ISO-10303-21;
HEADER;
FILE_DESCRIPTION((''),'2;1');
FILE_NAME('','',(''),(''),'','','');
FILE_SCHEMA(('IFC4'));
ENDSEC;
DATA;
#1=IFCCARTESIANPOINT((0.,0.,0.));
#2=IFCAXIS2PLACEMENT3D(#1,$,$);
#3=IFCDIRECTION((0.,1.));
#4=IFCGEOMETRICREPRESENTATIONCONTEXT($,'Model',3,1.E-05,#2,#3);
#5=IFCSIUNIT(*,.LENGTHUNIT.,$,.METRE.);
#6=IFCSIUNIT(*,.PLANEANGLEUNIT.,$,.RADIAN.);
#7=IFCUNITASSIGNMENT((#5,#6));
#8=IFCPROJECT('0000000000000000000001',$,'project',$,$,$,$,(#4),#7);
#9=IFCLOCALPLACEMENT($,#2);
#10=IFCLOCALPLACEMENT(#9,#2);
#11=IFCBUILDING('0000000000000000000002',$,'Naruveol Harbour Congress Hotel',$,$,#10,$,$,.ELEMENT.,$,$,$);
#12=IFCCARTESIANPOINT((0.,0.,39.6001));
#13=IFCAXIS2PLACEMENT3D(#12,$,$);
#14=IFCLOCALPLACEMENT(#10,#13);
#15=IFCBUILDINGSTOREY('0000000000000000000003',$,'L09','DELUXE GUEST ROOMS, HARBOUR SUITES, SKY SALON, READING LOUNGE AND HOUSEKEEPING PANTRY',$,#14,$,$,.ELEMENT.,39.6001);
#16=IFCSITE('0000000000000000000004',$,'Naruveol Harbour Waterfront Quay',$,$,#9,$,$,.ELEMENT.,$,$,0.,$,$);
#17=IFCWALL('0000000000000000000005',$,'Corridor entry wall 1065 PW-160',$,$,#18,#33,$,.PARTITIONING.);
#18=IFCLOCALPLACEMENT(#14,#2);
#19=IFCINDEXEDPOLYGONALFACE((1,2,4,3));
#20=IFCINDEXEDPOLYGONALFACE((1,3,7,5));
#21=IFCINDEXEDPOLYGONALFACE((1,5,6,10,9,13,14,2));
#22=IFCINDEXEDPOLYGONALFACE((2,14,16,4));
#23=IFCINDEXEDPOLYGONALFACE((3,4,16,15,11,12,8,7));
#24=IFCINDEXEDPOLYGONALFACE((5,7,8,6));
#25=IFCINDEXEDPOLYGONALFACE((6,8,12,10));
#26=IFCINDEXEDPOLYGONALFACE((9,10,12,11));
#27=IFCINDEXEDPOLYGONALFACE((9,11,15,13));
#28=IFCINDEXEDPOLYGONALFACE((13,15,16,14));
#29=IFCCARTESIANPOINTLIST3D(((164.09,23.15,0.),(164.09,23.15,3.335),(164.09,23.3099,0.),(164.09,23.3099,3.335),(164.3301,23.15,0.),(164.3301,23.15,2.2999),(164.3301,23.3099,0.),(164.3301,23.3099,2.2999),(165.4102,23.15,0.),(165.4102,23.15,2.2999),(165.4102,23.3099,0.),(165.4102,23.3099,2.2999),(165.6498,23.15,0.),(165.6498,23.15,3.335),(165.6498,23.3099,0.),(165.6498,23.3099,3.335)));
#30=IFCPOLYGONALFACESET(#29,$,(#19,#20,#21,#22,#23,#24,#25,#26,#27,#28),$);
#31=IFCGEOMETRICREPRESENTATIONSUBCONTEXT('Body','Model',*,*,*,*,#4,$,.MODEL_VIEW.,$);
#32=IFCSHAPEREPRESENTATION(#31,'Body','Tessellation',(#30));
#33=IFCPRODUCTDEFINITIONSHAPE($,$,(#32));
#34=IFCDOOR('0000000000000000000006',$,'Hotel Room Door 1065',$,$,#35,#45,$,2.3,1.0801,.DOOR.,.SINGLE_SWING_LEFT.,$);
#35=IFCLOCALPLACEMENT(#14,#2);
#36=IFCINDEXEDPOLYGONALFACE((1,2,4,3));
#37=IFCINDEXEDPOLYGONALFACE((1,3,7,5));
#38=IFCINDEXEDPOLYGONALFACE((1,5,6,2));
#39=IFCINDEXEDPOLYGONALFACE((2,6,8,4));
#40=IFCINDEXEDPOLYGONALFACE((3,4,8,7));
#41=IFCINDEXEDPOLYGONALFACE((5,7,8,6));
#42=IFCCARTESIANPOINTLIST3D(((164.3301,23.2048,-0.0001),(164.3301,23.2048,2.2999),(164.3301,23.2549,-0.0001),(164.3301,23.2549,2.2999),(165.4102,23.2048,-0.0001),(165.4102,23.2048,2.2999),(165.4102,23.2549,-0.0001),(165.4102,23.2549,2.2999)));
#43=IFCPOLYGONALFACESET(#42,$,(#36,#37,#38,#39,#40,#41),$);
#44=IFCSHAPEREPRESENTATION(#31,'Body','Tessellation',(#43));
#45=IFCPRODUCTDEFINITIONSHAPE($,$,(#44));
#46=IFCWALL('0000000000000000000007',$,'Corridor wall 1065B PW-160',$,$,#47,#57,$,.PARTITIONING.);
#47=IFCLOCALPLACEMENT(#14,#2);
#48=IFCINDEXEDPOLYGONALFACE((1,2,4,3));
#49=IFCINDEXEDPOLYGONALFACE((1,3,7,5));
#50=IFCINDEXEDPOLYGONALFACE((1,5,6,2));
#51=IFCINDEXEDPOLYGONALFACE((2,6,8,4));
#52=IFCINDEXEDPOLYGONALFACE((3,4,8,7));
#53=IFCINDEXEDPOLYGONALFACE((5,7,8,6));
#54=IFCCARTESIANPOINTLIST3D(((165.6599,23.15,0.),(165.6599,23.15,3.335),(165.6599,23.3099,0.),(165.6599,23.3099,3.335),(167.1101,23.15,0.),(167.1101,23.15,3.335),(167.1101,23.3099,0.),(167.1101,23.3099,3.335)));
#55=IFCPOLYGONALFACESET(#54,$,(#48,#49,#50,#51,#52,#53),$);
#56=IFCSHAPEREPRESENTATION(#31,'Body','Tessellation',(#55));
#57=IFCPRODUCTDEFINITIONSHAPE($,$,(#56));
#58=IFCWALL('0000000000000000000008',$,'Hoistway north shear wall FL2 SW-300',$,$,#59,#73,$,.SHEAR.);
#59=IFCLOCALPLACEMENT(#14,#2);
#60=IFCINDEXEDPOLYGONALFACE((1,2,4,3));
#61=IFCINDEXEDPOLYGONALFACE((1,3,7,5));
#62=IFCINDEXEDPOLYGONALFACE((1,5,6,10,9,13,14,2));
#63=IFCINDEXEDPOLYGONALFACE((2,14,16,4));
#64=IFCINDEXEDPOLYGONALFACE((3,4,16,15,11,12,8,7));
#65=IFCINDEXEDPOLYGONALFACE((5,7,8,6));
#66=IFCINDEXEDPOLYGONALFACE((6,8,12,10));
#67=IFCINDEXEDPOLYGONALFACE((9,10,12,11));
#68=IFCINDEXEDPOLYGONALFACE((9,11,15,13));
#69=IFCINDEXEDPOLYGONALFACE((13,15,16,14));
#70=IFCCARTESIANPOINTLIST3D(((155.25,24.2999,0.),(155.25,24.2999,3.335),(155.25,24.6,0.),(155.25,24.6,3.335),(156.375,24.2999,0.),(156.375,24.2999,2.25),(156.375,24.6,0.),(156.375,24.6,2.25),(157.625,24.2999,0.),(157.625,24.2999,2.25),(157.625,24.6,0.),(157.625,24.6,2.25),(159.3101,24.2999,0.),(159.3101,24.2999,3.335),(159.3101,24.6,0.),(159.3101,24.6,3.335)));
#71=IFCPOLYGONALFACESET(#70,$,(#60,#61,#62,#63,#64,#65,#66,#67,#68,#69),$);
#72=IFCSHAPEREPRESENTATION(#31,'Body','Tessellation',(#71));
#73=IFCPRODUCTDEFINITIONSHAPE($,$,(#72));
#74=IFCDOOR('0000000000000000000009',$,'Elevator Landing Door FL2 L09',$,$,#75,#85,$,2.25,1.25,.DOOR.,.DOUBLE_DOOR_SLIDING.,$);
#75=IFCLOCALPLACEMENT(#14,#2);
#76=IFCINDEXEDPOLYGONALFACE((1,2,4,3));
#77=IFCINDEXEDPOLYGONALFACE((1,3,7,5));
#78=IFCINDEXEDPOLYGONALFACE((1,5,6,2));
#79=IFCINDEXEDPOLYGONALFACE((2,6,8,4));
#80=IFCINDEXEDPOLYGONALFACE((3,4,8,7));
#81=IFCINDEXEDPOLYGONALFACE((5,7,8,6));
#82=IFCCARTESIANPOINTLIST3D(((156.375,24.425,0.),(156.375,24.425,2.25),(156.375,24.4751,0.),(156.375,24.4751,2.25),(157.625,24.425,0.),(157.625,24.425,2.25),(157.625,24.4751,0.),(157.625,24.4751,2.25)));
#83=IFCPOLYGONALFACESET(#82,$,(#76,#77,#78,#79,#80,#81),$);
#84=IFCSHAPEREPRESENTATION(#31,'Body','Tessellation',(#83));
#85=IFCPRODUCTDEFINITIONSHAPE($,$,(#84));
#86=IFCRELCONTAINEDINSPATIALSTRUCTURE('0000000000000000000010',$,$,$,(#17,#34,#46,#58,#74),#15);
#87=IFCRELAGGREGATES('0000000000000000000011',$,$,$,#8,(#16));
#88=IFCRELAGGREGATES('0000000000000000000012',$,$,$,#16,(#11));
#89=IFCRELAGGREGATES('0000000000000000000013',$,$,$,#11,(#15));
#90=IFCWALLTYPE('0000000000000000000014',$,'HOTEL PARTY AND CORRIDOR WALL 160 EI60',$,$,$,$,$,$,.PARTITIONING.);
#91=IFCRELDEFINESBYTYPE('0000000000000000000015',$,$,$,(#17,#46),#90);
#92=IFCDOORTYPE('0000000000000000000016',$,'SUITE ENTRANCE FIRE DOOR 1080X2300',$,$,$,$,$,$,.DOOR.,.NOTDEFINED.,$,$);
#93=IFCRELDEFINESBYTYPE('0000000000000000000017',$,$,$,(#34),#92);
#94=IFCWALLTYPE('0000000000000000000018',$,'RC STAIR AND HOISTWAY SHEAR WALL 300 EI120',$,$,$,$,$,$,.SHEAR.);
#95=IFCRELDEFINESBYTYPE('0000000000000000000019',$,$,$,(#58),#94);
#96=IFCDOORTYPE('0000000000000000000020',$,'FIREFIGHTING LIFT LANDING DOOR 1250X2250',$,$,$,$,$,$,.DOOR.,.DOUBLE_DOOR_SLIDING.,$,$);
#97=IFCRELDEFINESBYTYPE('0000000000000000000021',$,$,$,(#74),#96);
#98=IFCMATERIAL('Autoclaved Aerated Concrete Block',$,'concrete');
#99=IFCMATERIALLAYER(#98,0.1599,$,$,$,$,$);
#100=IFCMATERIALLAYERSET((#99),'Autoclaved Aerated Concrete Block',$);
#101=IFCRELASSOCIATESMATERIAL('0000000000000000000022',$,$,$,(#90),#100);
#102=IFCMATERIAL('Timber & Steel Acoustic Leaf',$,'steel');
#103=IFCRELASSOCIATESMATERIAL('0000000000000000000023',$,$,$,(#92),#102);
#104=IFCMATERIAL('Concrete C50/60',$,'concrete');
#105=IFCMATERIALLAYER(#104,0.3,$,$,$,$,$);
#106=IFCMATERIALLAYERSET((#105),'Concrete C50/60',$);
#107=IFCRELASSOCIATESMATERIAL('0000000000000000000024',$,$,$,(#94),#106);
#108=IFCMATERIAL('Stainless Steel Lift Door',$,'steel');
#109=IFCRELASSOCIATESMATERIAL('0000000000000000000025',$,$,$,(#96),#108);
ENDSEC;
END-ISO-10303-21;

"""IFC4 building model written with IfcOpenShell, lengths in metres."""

from ifc_helpers import new_model, si_unit, direction, frame, frame_2d, origin, place, context, subcontext, project, spatial, rectangle, extrude, material, layer, layer_set, type_object, element, fill, save


model = new_model("IFC4")

# Units and contexts
model_context = context("Model", 3, precision=1e-05, world=origin(), true_north=direction((0.0, 1.0)))
body_context = subcontext(model_context, "Body", "Model", "MODEL_VIEW")
ifc_project = project(units=[si_unit("LENGTHUNIT", "METRE"), si_unit("PLANEANGLEUNIT", "RADIAN")], contexts=[model_context])

# Site, building, storey
site_placement = place(None, origin())
site = spatial("IfcSite", under=ifc_project, at=site_placement, Name="Naruveol Harbour Waterfront Quay", CompositionType="ELEMENT", RefElevation=0.0)
building_placement = place(site_placement, origin())
building = spatial("IfcBuilding", under=site, at=building_placement, Name="Naruveol Harbour Congress Hotel", CompositionType="ELEMENT")
storey_placement = place(building_placement, frame((0.0, 0.0, 39.6001)))
storey = spatial("IfcBuildingStorey", under=building, at=storey_placement, Name="L09", Description="DELUXE GUEST ROOMS, HARBOUR SUITES, SKY SALON, READING LOUNGE AND HOUSEKEEPING PANTRY", CompositionType="ELEMENT", Elevation=39.6001)

# Shared definitions
ifc_material_1 = material(Name="Autoclaved Aerated Concrete Block", Category="concrete")
ifc_layer_1 = layer(ifc_material_1, 0.1599)
ifc_layer_set_1 = layer_set([ifc_layer_1], Name="Autoclaved Aerated Concrete Block")
wall_type_1 = type_object("IfcWallType", Name="HOTEL PARTY AND CORRIDOR WALL 160 EI60", PredefinedType="PARTITIONING", material=ifc_layer_set_1)
ifc_material_2 = material(Name="Timber & Steel Acoustic Leaf", Category="steel")
door_type_1 = type_object("IfcDoorType", Name="SUITE ENTRANCE FIRE DOOR 1080X2300", OperationType="NOTDEFINED", PredefinedType="DOOR", material=ifc_material_2)

# Wall, opening, door
wall_1_placement = place(storey_placement, frame((164.0901, 23.23, 0.0), z_axis=(0.0, 0.0, 1.0), x_axis=(1.0, 0.0, 0.0)))
wall_1 = element("IfcWall", 1, at=wall_1_placement, inside=storey, type_object=wall_type_1, Name="Corridor entry wall 1065 PW-160", PredefinedType="PARTITIONING", context=body_context, shape_type="SweptSolid", body=[
    extrude(rectangle(XDim=1.5598, YDim=0.1599, at=frame_2d((0.7798, 0.0))), origin(), (0.0, 0.0, 1.0), 3.335),
])
opening_1_placement = place(wall_1_placement, frame((0.24, 0.0, 0.0)))
opening_1 = element("IfcOpeningElement", 2, at=opening_1_placement, cuts=wall_1, PredefinedType="OPENING", context=body_context, shape_type="SweptSolid", body=[
    extrude(rectangle(XDim=1.0801, YDim=2.3, at=frame_2d((0.54, 1.1499))), frame((0.0, 0.0898, 0.0), z_axis=(0.0, -1.0, 0.0), x_axis=(1.0, 0.0, 0.0)), (0.0, 0.0, 1.0), 0.1799),
])
door_1_placement = place(opening_1_placement, origin())
door_1 = element("IfcDoor", 3, at=door_1_placement, inside=storey, type_object=door_type_1, Name="Hotel Room Door 1065", OperationType="SINGLE_SWING_LEFT", OverallHeight=2.3, OverallWidth=1.0801, PredefinedType="DOOR", context=body_context, shape_type="SweptSolid", body=[
    extrude(rectangle(XDim=1.0801, YDim=2.3, at=frame_2d((0.54, 1.1499))), frame((0.0, 0.0249, 0.0), z_axis=(0.0, -1.0, 0.0), x_axis=(1.0, 0.0, 0.0)), (0.0, 0.0, 1.0), 0.05),
])
fill(opening_1, door_1)

# Wall
wall_2_placement = place(storey_placement, frame((165.6599, 23.23, 0.0), z_axis=(0.0, 0.0, 1.0), x_axis=(1.0, 0.0, 0.0)))
element("IfcWall", 4, at=wall_2_placement, inside=storey, type_object=wall_type_1, Name="Corridor wall 1065B PW-160", PredefinedType="PARTITIONING", context=body_context, shape_type="SweptSolid", body=[
    extrude(rectangle(XDim=1.4502, YDim=0.1599, at=frame_2d((0.7251, 0.0))), origin(), (0.0, 0.0, 1.0), 3.335),
])

# Wall, opening, door
ifc_material_3 = material(Name="Concrete C50/60", Category="concrete")
ifc_layer_2 = layer(ifc_material_3, 0.3)
ifc_layer_set_2 = layer_set([ifc_layer_2], Name="Concrete C50/60")
wall_type_2 = type_object("IfcWallType", Name="RC STAIR AND HOISTWAY SHEAR WALL 300 EI120", PredefinedType="SHEAR", material=ifc_layer_set_2)
wall_3_placement = place(storey_placement, frame((159.3101, 24.45, 0.0), z_axis=(0.0, 0.0, 1.0), x_axis=(-1.0, 0.0, 0.0)))
wall_3 = element("IfcWall", 5, at=wall_3_placement, inside=storey, type_object=wall_type_2, Name="Hoistway north shear wall FL2 SW-300", PredefinedType="SHEAR", context=body_context, shape_type="SweptSolid", body=[
    extrude(rectangle(XDim=4.0601, YDim=0.3, at=frame_2d((2.03, 0.0))), origin(), (0.0, 0.0, 1.0), 3.335),
])
opening_2_placement = place(wall_3_placement, frame((1.6851, 0.0, 0.0)))
opening_2 = element("IfcOpeningElement", 6, at=opening_2_placement, cuts=wall_3, PredefinedType="OPENING", context=body_context, shape_type="SweptSolid", body=[
    extrude(rectangle(XDim=1.25, YDim=2.25, at=frame_2d((0.625, 1.125))), frame((0.0, 0.1599, 0.0), z_axis=(0.0, -1.0, 0.0), x_axis=(1.0, 0.0, 0.0)), (0.0, 0.0, 1.0), 0.3201),
])
ifc_material_4 = material(Name="Stainless Steel Lift Door", Category="steel")
door_type_2 = type_object("IfcDoorType", Name="FIREFIGHTING LIFT LANDING DOOR 1250X2250", OperationType="DOUBLE_DOOR_SLIDING", PredefinedType="DOOR", material=ifc_material_4)
door_2_placement = place(opening_2_placement, origin())
door_2 = element("IfcDoor", 7, at=door_2_placement, inside=storey, type_object=door_type_2, Name="Elevator Landing Door FL2 L09", OperationType="DOUBLE_DOOR_SLIDING", OverallHeight=2.25, OverallWidth=1.25, PredefinedType="DOOR", context=body_context, shape_type="SweptSolid", body=[
    extrude(rectangle(XDim=1.25, YDim=2.25, at=frame_2d((0.625, 1.125))), frame((0.0, 0.0249, 0.0), z_axis=(0.0, -1.0, 0.0), x_axis=(1.0, 0.0, 0.0)), (0.0, 0.0, 1.0), 0.05),
])
fill(opening_2, door_2)

save(model, "model.ifc")
